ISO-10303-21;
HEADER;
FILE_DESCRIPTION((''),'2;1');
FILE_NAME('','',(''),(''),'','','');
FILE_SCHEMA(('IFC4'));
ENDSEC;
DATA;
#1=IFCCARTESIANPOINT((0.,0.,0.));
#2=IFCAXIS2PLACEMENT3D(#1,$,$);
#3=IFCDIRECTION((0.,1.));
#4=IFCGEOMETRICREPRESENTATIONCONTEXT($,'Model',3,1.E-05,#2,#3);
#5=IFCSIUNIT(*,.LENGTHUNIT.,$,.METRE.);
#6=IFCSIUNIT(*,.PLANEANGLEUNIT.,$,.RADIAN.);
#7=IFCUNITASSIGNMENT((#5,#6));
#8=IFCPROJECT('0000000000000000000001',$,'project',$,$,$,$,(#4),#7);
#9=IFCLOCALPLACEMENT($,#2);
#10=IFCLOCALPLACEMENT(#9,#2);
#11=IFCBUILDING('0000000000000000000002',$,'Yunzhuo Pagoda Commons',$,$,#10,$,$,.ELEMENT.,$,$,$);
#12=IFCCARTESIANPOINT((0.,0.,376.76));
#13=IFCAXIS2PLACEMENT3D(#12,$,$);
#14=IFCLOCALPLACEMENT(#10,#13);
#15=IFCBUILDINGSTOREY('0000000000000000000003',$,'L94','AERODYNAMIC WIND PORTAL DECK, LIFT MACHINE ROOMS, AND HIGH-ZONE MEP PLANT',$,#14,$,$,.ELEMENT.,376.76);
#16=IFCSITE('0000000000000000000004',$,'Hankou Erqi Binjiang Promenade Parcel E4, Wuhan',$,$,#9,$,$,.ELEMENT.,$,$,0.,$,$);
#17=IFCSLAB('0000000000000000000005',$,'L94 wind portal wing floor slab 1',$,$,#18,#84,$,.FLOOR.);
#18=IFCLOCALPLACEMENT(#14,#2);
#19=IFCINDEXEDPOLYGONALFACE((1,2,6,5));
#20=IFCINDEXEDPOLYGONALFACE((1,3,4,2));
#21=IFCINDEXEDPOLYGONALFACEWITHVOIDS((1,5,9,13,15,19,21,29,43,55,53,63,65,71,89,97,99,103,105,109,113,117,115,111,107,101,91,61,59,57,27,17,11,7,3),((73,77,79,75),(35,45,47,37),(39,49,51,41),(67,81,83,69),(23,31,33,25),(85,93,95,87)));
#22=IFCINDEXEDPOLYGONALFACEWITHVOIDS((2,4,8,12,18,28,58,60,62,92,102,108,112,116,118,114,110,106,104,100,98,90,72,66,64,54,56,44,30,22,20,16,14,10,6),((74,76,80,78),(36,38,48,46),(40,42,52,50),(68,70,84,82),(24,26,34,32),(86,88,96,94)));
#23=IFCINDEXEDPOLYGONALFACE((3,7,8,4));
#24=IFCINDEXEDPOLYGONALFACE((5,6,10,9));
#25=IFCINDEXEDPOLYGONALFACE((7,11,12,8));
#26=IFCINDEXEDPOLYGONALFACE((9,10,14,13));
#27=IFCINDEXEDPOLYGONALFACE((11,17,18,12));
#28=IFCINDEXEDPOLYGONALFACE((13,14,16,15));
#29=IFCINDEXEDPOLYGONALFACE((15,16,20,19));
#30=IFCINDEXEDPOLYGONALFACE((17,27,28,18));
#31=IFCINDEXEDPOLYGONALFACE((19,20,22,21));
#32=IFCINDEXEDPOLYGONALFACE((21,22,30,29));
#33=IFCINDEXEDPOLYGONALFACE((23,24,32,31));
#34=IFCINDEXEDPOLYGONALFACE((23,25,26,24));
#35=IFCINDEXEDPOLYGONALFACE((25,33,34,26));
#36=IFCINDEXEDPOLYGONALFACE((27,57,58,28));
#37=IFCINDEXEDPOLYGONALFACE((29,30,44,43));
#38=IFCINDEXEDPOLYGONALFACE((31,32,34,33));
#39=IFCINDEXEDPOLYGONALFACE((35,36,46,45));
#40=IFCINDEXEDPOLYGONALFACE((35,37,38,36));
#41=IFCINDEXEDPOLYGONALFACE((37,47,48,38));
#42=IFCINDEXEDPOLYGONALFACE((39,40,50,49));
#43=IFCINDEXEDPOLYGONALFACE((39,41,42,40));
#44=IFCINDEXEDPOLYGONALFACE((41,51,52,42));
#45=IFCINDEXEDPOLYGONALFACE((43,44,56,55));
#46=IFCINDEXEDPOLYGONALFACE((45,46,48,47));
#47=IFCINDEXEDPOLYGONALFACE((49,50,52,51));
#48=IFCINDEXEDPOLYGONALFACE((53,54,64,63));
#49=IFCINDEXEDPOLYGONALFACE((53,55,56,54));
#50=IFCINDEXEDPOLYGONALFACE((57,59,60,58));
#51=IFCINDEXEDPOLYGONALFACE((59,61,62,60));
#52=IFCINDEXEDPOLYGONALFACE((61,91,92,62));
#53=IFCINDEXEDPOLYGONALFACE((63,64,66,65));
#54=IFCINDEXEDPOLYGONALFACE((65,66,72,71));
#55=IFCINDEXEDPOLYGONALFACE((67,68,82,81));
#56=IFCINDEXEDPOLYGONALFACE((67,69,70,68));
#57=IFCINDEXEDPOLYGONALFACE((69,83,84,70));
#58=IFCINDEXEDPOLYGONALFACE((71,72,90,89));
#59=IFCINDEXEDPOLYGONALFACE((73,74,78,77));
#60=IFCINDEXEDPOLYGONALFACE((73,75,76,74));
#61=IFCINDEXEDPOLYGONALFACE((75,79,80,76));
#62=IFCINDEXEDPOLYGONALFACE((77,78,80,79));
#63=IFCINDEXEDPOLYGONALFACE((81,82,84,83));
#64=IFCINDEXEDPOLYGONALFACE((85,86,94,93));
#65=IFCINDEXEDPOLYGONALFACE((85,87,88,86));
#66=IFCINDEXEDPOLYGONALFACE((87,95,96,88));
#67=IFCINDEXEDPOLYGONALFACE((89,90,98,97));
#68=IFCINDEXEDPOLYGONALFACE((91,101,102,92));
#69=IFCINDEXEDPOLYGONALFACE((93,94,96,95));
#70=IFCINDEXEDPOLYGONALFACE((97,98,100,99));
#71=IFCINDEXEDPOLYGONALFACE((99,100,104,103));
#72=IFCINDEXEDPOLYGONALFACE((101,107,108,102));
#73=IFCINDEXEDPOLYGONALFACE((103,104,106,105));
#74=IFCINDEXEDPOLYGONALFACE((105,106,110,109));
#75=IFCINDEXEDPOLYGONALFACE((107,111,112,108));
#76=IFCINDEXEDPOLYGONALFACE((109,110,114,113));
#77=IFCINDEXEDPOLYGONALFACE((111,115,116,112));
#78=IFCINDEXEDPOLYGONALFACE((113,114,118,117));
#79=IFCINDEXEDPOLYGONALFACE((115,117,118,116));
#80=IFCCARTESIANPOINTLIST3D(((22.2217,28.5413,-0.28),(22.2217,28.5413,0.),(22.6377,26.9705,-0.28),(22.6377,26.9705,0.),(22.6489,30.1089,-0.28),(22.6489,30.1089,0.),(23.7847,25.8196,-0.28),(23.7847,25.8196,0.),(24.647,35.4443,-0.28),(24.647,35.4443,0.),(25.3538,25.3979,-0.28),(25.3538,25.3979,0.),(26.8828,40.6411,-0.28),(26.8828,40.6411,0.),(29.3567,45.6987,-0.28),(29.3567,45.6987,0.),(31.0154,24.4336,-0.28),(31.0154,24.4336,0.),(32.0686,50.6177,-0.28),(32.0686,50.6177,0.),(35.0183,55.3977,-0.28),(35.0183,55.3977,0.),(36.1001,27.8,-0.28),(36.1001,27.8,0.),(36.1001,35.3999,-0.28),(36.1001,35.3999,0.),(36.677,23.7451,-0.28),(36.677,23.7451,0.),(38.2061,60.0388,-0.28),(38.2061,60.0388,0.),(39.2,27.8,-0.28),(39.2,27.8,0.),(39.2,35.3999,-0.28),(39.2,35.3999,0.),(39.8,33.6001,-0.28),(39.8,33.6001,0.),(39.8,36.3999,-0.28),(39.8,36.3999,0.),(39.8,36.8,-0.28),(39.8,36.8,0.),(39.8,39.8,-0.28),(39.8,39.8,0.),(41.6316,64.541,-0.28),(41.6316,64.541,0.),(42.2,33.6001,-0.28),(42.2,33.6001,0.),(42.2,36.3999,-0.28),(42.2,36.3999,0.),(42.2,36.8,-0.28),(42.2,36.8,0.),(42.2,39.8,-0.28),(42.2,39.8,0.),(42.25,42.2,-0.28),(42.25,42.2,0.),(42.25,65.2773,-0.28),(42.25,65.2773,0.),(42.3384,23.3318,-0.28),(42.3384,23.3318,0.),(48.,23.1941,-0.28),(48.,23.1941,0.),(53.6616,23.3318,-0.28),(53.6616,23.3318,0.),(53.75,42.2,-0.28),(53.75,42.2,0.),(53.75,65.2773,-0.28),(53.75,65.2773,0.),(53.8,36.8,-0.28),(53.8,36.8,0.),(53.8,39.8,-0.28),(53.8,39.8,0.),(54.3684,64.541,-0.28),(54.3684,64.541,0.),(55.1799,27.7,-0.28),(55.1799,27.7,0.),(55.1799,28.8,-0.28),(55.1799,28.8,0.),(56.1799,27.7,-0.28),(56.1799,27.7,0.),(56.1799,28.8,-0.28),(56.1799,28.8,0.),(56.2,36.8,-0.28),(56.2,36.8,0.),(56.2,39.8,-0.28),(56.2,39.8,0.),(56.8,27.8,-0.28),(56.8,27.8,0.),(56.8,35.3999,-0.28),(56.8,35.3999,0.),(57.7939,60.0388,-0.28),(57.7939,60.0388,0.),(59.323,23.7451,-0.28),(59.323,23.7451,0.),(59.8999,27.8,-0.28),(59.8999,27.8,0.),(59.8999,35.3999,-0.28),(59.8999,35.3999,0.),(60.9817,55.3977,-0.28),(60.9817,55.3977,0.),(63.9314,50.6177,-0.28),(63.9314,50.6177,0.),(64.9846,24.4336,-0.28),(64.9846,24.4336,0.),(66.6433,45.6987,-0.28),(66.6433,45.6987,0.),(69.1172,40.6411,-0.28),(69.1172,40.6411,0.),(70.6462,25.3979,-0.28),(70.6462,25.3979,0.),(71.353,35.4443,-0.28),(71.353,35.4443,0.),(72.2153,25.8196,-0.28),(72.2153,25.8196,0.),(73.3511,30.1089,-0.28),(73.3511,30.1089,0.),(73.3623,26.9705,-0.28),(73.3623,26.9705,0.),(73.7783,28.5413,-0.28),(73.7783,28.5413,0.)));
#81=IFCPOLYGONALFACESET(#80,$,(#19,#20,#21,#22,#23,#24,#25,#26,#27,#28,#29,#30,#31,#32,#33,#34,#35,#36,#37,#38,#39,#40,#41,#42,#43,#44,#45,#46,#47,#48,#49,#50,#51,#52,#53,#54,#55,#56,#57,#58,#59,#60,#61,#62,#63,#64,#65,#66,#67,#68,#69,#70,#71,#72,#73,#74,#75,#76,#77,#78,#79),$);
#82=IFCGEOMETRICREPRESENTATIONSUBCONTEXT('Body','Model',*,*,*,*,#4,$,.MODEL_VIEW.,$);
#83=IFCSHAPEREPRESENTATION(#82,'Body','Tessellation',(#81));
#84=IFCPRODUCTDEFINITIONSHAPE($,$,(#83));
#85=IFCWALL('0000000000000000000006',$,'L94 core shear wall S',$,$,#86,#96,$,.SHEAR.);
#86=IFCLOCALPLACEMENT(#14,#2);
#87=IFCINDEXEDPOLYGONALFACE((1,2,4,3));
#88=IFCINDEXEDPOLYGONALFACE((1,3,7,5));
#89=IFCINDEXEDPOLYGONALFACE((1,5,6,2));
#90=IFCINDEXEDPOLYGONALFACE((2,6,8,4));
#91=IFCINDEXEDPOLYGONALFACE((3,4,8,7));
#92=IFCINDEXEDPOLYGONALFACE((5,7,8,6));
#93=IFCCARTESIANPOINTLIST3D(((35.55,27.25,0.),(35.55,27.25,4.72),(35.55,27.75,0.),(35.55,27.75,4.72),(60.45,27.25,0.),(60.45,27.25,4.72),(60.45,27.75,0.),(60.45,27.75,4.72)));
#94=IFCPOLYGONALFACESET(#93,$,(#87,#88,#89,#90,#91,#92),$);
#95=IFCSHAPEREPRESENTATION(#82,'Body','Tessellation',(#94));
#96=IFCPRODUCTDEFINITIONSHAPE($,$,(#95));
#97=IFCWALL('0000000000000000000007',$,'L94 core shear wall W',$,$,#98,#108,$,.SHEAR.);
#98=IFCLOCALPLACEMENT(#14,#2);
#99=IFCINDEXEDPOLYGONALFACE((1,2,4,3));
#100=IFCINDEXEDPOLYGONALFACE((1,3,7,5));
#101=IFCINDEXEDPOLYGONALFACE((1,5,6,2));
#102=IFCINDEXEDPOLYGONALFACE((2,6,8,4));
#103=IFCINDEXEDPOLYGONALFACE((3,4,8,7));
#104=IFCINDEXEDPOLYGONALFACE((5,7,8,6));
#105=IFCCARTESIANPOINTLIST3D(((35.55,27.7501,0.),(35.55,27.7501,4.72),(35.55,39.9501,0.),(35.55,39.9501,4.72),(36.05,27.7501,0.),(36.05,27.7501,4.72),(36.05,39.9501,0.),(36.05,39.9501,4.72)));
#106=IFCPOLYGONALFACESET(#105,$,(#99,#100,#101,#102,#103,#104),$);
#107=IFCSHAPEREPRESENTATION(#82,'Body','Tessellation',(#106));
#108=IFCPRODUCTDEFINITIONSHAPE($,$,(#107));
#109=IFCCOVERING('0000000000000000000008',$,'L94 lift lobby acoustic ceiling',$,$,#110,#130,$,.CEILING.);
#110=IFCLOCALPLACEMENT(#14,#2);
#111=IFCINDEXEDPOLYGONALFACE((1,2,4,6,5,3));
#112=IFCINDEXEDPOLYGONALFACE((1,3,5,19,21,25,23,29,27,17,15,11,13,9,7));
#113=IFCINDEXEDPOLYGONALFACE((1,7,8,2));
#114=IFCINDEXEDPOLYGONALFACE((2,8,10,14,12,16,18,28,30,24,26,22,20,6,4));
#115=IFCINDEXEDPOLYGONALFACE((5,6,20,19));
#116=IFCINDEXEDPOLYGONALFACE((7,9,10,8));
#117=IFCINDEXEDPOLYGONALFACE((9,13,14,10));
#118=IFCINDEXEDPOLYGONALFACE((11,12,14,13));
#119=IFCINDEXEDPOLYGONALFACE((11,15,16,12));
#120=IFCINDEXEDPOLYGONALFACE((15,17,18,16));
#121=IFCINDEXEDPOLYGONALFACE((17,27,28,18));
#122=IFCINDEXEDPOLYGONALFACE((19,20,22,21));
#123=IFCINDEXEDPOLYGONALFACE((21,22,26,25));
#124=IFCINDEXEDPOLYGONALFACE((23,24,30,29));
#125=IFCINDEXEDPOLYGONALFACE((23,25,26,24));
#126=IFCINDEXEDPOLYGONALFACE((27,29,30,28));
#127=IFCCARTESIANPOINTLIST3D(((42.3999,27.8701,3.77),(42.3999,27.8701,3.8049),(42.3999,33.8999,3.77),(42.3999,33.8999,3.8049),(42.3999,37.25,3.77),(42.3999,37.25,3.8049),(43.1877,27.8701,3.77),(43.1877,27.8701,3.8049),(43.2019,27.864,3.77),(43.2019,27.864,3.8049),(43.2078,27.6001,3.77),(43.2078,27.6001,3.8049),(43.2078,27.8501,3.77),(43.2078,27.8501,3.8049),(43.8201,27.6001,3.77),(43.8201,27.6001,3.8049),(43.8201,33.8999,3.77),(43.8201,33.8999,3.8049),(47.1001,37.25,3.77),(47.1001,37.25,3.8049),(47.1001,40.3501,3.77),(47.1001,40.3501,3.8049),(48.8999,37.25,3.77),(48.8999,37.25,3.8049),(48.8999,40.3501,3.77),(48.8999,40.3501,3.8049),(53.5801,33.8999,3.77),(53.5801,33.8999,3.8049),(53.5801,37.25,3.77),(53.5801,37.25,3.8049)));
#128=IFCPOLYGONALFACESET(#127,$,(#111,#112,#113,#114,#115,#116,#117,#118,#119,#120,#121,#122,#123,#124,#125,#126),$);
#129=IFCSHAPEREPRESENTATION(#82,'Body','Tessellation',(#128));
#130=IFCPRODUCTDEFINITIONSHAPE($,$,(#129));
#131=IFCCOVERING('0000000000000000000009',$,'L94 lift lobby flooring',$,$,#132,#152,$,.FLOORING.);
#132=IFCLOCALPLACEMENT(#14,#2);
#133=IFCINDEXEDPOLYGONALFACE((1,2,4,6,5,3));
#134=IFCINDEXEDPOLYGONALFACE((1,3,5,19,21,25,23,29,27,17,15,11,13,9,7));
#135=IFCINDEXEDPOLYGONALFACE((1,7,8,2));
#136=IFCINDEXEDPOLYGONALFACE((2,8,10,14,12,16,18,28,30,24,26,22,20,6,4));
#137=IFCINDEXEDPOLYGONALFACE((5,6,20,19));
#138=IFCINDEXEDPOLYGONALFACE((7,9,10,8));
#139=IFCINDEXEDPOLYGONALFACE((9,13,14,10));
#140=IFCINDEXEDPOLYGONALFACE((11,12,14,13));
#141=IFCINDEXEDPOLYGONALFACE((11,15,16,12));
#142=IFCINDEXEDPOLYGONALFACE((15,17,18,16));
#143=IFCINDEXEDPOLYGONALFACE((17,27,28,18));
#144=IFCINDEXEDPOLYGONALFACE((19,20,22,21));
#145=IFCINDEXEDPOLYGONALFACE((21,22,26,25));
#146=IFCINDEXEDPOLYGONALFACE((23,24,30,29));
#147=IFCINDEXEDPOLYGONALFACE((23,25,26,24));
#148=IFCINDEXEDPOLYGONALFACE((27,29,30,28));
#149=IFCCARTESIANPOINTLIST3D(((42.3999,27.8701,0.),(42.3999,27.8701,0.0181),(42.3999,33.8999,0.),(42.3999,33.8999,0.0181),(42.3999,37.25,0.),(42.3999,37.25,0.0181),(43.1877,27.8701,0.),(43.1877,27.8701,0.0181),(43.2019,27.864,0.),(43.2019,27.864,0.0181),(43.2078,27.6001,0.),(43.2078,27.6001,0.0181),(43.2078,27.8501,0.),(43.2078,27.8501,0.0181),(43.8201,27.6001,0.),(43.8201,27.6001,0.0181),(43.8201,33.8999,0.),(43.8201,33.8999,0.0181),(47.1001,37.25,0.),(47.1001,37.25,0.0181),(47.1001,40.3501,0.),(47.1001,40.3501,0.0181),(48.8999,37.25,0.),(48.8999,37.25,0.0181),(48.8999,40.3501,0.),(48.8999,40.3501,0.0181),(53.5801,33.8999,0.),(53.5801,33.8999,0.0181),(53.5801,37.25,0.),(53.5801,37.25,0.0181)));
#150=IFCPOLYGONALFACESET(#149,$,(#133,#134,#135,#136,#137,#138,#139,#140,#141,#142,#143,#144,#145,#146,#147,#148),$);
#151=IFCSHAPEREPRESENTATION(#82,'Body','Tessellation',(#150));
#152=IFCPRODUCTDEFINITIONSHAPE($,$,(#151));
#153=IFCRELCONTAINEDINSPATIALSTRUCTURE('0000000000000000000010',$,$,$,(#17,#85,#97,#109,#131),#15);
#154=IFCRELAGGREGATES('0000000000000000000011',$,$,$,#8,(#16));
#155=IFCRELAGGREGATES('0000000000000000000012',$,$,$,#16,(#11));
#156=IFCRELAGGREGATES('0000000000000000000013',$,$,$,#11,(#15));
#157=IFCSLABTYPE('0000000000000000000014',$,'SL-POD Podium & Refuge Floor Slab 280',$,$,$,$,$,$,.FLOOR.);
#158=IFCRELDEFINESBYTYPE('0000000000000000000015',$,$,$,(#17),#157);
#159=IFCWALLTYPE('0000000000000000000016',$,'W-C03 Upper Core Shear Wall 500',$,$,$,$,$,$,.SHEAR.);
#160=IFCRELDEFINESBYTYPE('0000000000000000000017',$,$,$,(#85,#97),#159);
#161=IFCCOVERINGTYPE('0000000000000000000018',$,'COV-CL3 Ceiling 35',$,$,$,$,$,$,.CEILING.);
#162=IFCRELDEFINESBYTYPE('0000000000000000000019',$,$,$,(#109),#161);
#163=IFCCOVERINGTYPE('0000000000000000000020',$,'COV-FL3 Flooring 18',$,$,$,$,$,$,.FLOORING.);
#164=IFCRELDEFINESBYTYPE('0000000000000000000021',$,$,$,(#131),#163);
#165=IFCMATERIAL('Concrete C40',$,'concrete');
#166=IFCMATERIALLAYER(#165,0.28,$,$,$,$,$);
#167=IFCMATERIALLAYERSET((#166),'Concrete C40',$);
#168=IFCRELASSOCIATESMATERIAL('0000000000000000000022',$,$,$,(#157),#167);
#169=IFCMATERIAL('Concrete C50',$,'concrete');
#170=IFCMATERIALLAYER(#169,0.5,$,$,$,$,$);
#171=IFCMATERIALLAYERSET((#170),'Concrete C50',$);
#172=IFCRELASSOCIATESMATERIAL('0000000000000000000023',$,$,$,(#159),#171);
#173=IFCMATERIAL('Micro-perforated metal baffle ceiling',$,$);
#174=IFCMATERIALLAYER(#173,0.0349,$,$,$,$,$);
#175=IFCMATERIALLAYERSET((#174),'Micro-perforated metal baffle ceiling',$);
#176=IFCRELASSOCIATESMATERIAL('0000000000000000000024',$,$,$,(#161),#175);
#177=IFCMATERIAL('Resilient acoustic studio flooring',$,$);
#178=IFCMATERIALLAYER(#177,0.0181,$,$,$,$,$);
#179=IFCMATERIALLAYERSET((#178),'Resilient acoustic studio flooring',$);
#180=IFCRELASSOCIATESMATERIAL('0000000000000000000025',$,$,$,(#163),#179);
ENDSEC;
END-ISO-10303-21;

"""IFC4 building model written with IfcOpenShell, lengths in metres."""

from ifc_helpers import new_model, si_unit, direction, frame, frame_2d, origin, place, context, subcontext, project, spatial, polyline, rectangle, outline, extrude, material, layer, layer_set, type_object, element, save


model = new_model("IFC4")

# Units and contexts
model_context = context("Model", 3, precision=1e-05, world=origin(), true_north=direction((0.0, 1.0)))
body_context = subcontext(model_context, "Body", "Model", "MODEL_VIEW")
ifc_project = project(units=[si_unit("LENGTHUNIT", "METRE"), si_unit("PLANEANGLEUNIT", "RADIAN")], contexts=[model_context])

# Site, building, storey
site_placement = place(None, origin())
site = spatial("IfcSite", under=ifc_project, at=site_placement, Name="Hankou Erqi Binjiang Promenade Parcel E4, Wuhan", CompositionType="ELEMENT", RefElevation=0.0)
building_placement = place(site_placement, origin())
building = spatial("IfcBuilding", under=site, at=building_placement, Name="Yunzhuo Pagoda Commons", CompositionType="ELEMENT")
storey_placement = place(building_placement, frame((0.0, 0.0, 376.76)))
storey = spatial("IfcBuildingStorey", under=building, at=storey_placement, Name="L94", Description="AERODYNAMIC WIND PORTAL DECK, LIFT MACHINE ROOMS, AND HIGH-ZONE MEP PLANT", CompositionType="ELEMENT", Elevation=376.76)

# Shared definitions
ifc_material_1 = material(Name="Concrete C40", Category="concrete")

# Slab
ifc_layer_1 = layer(ifc_material_1, 0.28)
ifc_layer_set_1 = layer_set([ifc_layer_1], Name="Concrete C40")
slab_type_1 = type_object("IfcSlabType", Name="SL-POD Podium & Refuge Floor Slab 280", PredefinedType="FLOOR", material=ifc_layer_set_1)
slab_1_placement = place(storey_placement, frame((0.0, 0.0, -0.28)))
element("IfcSlab", 1, at=slab_1_placement, inside=storey, type_object=slab_type_1, Name="L94 wind portal wing floor slab 1", PredefinedType="FLOOR", context=body_context, shape_type="SweptSolid", body=[
    extrude(outline(polyline([(57.7939, 60.0388), (60.9817, 55.3977), (63.9314, 50.6177), (66.6433, 45.6987), (69.1172, 40.6411), (71.353, 35.4443), (73.3511, 30.1089), (73.7783, 28.5413), (73.3623, 26.9705), (72.2153, 25.8196), (70.6462, 25.3979), (64.9846, 24.4336), (59.323, 23.7451), (53.6616, 23.3318), (48.0, 23.1941), (42.3384, 23.3318), (36.677, 23.7451), (31.0154, 24.4336), (25.3538, 25.3979), (23.7847, 25.8196), (22.6377, 26.9705), (22.2217, 28.5413), (22.6489, 30.1089), (24.647, 35.4443), (26.8828, 40.6411), (29.3567, 45.6987), (32.0686, 50.6177), (35.0183, 55.3977), (38.2061, 60.0388), (41.6316, 64.541), (42.25, 65.2773), (42.25, 42.2), (53.75, 42.2), (53.75, 65.2773), (54.3684, 64.541), (57.7939, 60.0388)]), holes=[polyline([(55.1799, 28.8), (55.1799, 27.7), (56.1799, 27.7), (56.1799, 28.8), (55.1799, 28.8)]), polyline([(39.2, 27.8), (39.2, 35.3999), (36.1001, 35.3999), (36.1001, 27.8), (39.2, 27.8)]), polyline([(59.8999, 27.8), (59.8999, 35.3999), (56.8, 35.3999), (56.8, 27.8), (59.8999, 27.8)]), polyline([(39.8, 36.3999), (39.8, 33.6001), (42.2, 33.6001), (42.2, 36.3999), (39.8, 36.3999)]), polyline([(42.2, 39.8), (39.8, 39.8), (39.8, 36.8), (42.2, 36.8), (42.2, 39.8)]), polyline([(56.2, 39.8), (53.8, 39.8), (53.8, 36.8), (56.2, 36.8), (56.2, 39.8)])]), origin(), (0.0, 0.0, 1.0), 0.28),
])

# Walls
ifc_material_2 = material(Name="Concrete C50", Category="concrete")
ifc_layer_2 = layer(ifc_material_2, 0.5)
ifc_layer_set_2 = layer_set([ifc_layer_2], Name="Concrete C50")
wall_type = type_object("IfcWallType", Name="W-C03 Upper Core Shear Wall 500", PredefinedType="SHEAR", material=ifc_layer_set_2)
wall_1_placement = place(storey_placement, frame((35.55, 27.5, 0.0), z_axis=(0.0, 0.0, 1.0), x_axis=(1.0, 0.0, 0.0)))
element("IfcWall", 2, at=wall_1_placement, inside=storey, type_object=wall_type, Name="L94 core shear wall S", PredefinedType="SHEAR", context=body_context, shape_type="SweptSolid", body=[
    extrude(rectangle(XDim=24.8999, YDim=0.5, at=frame_2d((12.45, 0.0))), origin(), (0.0, 0.0, 1.0), 4.72),
])
wall_2_placement = place(storey_placement, frame((35.8, 27.75, 0.0), z_axis=(0.0, 0.0, 1.0), x_axis=(0.0, 1.0, 0.0)))
element("IfcWall", 3, at=wall_2_placement, inside=storey, type_object=wall_type, Name="L94 core shear wall W", PredefinedType="SHEAR", context=body_context, shape_type="SweptSolid", body=[
    extrude(rectangle(XDim=12.2, YDim=0.5, at=frame_2d((6.1001, 0.0))), origin(), (0.0, 0.0, 1.0), 4.72),
])

# Coverings
ifc_material_3 = material(Name="Micro-perforated metal baffle ceiling")
ifc_layer_3 = layer(ifc_material_3, 0.0349)
ifc_layer_set_3 = layer_set([ifc_layer_3], Name="Micro-perforated metal baffle ceiling")
covering_type_1 = type_object("IfcCoveringType", Name="COV-CL3 Ceiling 35", PredefinedType="CEILING", material=ifc_layer_set_3)
covering_1_placement = place(storey_placement, frame((0.0, 0.0, 3.77)))
element("IfcCovering", 4, at=covering_1_placement, inside=storey, type_object=covering_type_1, Name="L94 lift lobby acoustic ceiling", PredefinedType="CEILING", context=body_context, shape_type="SweptSolid", body=[
    extrude(outline(polyline([(43.2078, 27.8501), (43.2019, 27.864), (43.1877, 27.8701), (42.3999, 27.8701), (42.3999, 33.8999), (42.3999, 37.25), (47.1001, 37.25), (47.1001, 40.3501), (48.8999, 40.3501), (48.8999, 37.25), (53.5801, 37.25), (53.5801, 33.8999), (43.8201, 33.8999), (43.8201, 27.6001), (43.2078, 27.6001), (43.2078, 27.8501)])), origin(), (0.0, 0.0, 1.0), 0.0349),
])
ifc_material_4 = material(Name="Resilient acoustic studio flooring")
ifc_layer_4 = layer(ifc_material_4, 0.0181)
ifc_layer_set_4 = layer_set([ifc_layer_4], Name="Resilient acoustic studio flooring")
covering_type_2 = type_object("IfcCoveringType", Name="COV-FL3 Flooring 18", PredefinedType="FLOORING", material=ifc_layer_set_4)
covering_2_placement = place(storey_placement, origin())
element("IfcCovering", 5, at=covering_2_placement, inside=storey, type_object=covering_type_2, Name="L94 lift lobby flooring", PredefinedType="FLOORING", context=body_context, shape_type="SweptSolid", body=[
    extrude(outline(polyline([(43.2078, 27.8501), (43.2019, 27.864), (43.1877, 27.8701), (42.3999, 27.8701), (42.3999, 33.8999), (42.3999, 37.25), (47.1001, 37.25), (47.1001, 40.3501), (48.8999, 40.3501), (48.8999, 37.25), (53.5801, 37.25), (53.5801, 33.8999), (43.8201, 33.8999), (43.8201, 27.6001), (43.2078, 27.6001), (43.2078, 27.8501)])), origin(), (0.0, 0.0, 1.0), 0.0181),
])

save(model, "model.ifc")
